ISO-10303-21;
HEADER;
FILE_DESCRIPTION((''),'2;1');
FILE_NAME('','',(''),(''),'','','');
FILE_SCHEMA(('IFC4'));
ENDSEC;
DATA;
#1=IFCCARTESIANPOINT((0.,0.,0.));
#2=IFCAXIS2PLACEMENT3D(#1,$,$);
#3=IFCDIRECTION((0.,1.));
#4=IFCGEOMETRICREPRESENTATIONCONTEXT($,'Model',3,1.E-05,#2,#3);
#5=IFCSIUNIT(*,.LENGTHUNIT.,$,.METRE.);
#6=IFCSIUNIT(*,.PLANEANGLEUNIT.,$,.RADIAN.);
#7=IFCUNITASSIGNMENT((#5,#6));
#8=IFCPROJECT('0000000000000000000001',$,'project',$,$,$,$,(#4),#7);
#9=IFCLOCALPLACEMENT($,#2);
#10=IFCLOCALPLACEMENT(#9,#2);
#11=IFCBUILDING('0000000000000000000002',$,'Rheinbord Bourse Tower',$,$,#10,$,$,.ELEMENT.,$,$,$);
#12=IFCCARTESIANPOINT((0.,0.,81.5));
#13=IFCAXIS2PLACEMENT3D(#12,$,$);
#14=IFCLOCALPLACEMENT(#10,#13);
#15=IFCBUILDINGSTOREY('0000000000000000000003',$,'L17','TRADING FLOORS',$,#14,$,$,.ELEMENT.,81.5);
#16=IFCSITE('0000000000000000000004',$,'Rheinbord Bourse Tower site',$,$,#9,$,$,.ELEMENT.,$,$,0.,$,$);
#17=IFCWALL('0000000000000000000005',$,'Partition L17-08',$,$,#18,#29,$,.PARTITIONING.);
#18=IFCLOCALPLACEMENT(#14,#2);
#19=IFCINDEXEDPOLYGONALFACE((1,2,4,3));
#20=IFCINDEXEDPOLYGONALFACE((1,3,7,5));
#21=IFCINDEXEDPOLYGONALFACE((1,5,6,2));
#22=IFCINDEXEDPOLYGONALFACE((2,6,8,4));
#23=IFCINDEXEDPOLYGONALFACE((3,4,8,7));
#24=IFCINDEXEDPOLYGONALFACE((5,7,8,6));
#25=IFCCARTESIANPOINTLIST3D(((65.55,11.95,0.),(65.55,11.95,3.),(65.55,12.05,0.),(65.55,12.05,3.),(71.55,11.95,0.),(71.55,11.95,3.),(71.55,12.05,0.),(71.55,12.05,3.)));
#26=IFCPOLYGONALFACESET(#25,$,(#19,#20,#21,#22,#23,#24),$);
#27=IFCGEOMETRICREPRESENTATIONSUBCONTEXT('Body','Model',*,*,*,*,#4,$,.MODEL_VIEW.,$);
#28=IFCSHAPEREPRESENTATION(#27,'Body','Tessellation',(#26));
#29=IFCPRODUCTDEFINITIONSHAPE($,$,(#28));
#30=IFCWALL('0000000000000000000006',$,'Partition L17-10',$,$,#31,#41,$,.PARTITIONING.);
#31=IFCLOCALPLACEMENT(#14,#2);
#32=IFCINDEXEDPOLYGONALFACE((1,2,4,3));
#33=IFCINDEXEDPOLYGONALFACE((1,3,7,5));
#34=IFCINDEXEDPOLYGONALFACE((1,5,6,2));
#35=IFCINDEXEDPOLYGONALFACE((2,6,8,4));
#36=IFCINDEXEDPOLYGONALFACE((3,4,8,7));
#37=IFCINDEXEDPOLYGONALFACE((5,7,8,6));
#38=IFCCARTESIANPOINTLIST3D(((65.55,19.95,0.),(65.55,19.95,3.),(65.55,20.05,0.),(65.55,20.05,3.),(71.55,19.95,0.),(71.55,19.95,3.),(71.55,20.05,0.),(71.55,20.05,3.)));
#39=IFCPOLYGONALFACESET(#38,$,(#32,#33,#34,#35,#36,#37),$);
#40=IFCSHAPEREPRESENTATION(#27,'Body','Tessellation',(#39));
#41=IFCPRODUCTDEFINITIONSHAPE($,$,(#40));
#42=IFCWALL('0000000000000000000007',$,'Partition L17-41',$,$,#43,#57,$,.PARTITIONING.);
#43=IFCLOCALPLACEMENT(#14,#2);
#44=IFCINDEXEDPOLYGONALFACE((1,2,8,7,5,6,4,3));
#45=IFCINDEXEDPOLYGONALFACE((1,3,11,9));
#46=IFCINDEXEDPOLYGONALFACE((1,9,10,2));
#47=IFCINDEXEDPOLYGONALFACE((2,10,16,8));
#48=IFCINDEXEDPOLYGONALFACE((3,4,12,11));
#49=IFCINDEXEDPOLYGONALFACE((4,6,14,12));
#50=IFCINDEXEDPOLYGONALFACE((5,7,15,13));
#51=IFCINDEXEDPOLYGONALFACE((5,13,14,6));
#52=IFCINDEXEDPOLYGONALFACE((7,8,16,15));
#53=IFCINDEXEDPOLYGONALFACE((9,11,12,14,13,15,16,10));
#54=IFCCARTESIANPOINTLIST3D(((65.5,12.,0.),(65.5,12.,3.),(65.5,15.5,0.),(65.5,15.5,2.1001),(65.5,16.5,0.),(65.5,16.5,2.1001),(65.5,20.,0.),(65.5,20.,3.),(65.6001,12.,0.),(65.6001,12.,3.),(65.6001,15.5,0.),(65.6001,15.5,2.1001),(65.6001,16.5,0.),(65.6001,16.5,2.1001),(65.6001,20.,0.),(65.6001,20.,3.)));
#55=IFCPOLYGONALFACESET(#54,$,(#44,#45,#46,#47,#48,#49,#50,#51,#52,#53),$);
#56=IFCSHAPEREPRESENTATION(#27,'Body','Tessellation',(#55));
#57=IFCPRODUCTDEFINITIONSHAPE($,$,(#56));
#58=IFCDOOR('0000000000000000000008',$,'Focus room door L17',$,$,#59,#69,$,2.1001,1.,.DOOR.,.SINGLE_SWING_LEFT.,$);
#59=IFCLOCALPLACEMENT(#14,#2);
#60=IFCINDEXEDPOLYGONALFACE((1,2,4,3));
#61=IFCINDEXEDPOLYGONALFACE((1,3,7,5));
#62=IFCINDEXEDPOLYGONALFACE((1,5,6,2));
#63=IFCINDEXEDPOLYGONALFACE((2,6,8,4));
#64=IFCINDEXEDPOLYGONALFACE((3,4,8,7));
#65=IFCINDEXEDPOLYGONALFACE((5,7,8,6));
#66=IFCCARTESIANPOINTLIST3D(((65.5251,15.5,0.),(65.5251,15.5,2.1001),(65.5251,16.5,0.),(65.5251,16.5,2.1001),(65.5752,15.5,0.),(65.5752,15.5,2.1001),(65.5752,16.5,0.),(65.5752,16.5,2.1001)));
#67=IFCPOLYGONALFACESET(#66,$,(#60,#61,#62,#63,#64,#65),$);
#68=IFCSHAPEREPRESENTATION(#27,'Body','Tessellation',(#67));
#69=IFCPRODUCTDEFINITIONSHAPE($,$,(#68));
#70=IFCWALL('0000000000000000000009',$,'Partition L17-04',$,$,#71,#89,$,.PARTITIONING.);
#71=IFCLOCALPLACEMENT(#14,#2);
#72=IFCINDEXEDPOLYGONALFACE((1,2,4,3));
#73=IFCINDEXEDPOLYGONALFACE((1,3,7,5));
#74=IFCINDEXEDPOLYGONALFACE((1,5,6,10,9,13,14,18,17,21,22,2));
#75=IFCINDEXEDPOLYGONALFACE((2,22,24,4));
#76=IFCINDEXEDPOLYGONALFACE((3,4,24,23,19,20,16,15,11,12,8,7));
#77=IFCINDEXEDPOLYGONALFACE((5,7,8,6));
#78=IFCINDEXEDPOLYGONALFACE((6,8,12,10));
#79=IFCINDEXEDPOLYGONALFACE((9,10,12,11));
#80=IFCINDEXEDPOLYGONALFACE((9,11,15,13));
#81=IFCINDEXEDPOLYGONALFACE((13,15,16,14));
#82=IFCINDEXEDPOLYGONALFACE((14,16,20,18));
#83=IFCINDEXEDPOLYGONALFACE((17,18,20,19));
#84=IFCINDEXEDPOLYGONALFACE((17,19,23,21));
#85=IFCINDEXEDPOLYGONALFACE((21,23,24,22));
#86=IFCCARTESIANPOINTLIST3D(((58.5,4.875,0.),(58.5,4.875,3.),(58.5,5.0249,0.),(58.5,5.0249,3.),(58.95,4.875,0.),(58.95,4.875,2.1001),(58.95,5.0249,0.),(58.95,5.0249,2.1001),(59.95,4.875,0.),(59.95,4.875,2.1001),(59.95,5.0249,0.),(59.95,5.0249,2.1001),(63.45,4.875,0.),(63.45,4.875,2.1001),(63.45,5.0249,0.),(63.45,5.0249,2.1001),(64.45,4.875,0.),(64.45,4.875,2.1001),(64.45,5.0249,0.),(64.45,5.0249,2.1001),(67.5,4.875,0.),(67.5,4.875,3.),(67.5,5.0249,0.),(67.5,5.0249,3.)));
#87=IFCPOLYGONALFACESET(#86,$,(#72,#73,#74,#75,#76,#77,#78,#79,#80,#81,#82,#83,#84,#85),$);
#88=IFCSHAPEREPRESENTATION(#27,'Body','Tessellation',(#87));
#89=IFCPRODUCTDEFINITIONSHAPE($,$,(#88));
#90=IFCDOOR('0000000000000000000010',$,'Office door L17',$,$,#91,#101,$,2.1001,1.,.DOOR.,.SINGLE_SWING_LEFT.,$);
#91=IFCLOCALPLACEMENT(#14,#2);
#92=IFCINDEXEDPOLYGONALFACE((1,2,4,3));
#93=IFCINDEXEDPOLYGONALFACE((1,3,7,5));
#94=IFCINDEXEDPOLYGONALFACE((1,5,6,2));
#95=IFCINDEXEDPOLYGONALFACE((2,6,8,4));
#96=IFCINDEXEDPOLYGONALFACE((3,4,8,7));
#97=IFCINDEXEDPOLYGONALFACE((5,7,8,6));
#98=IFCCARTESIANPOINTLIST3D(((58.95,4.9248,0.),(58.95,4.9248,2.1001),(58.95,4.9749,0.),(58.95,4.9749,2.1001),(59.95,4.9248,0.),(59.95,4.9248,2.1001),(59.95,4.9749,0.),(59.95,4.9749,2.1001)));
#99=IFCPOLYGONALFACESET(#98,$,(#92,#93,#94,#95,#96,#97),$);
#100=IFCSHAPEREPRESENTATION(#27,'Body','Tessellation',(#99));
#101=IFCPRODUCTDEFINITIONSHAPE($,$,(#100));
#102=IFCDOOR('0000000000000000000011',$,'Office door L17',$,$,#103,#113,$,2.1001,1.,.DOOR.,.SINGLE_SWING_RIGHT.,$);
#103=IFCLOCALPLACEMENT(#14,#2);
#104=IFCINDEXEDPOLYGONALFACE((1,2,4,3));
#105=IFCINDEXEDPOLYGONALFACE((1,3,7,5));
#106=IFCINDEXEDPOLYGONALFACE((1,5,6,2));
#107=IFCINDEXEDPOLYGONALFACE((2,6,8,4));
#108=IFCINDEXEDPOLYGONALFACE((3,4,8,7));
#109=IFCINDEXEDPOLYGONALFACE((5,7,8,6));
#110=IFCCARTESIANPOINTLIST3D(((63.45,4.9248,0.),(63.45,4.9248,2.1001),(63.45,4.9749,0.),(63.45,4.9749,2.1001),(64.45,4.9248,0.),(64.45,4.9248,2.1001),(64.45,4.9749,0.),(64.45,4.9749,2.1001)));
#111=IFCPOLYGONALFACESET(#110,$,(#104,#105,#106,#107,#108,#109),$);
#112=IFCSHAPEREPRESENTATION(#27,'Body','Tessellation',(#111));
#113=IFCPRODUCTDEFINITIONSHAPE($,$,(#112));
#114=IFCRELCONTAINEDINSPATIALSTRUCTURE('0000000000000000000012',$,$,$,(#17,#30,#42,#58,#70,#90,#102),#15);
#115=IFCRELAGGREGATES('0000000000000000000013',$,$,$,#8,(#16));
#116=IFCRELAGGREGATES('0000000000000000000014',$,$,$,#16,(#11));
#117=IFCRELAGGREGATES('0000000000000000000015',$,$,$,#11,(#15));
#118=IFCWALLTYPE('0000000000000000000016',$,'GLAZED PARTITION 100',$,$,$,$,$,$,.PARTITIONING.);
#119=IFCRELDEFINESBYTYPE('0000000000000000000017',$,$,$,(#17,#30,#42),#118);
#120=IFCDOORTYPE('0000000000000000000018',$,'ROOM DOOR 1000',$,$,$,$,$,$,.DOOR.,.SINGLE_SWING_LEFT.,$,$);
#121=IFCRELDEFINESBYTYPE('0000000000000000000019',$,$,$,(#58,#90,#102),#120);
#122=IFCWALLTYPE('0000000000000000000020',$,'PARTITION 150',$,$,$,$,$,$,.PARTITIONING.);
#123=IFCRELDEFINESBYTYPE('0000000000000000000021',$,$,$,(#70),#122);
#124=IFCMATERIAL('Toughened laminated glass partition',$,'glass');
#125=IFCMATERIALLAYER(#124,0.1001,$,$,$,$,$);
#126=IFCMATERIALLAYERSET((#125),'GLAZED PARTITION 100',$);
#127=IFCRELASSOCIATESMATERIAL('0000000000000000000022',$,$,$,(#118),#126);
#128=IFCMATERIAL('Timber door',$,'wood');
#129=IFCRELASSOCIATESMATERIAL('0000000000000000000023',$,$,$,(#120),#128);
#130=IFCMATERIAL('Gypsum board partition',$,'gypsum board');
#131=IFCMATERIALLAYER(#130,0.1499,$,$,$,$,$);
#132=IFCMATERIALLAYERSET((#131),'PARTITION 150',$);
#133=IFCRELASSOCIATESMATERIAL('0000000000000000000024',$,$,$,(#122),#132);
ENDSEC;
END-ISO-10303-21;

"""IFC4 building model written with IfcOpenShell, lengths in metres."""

from ifc_helpers import new_model, si_unit, direction, frame, frame_2d, origin, place, context, subcontext, project, spatial, rectangle, extrude, material, layer, layer_set, type_object, element, fill, save


model = new_model("IFC4")

# Units and contexts
model_context = context("Model", 3, precision=1e-05, world=origin(), true_north=direction((0.0, 1.0)))
body_context = subcontext(model_context, "Body", "Model", "MODEL_VIEW")
ifc_project = project(units=[si_unit("LENGTHUNIT", "METRE"), si_unit("PLANEANGLEUNIT", "RADIAN")], contexts=[model_context])

# Site, building, storey
site_placement = place(None, origin())
site = spatial("IfcSite", under=ifc_project, at=site_placement, Name="Rheinbord Bourse Tower site", CompositionType="ELEMENT", RefElevation=0.0)
building_placement = place(site_placement, origin())
building = spatial("IfcBuilding", under=site, at=building_placement, Name="Rheinbord Bourse Tower", CompositionType="ELEMENT")
storey_placement = place(building_placement, frame((0.0, 0.0, 81.5)))
storey = spatial("IfcBuildingStorey", under=building, at=storey_placement, Name="L17", Description="TRADING FLOORS", CompositionType="ELEMENT", Elevation=81.5)

# Walls
ifc_material_1 = material(Name="Toughened laminated glass partition", Category="glass")
ifc_layer_1 = layer(ifc_material_1, 0.1001)
ifc_layer_set_1 = layer_set([ifc_layer_1], Name="GLAZED PARTITION 100")
wall_type_1 = type_object("IfcWallType", Name="GLAZED PARTITION 100", PredefinedType="PARTITIONING", material=ifc_layer_set_1)
for number, where, z_axis, x_axis, name in (
    (1, (65.55, 12.0, 0.0), (0.0, 0.0, 1.0), (1.0, 0.0, 0.0), "Partition L17-08"),
    (2, (65.55, 20.0, 0.0), (0.0, 0.0, 1.0), (1.0, 0.0, 0.0), "Partition L17-10"),
):
    element("IfcWall", number, at=place(storey_placement, frame(where, z_axis=z_axis, x_axis=x_axis)), inside=storey, type_object=wall_type_1, Name=name, PredefinedType="PARTITIONING", context=body_context, shape_type="SweptSolid", body=[
        extrude(rectangle(XDim=6.0, YDim=0.1001, at=frame_2d((3.0, 0.0))), origin(), (0.0, 0.0, 1.0), 3.0),
    ])

# Wall, opening, door
wall_1_placement = place(storey_placement, frame((65.55, 12.0, 0.0), z_axis=(0.0, 0.0, 1.0), x_axis=(0.0, 1.0, 0.0)))
wall_1 = element("IfcWall", 3, at=wall_1_placement, inside=storey, type_object=wall_type_1, Name="Partition L17-41", PredefinedType="PARTITIONING", context=body_context, shape_type="SweptSolid", body=[
    extrude(rectangle(XDim=8.0, YDim=0.1001, at=frame_2d((4.0, 0.0))), origin(), (0.0, 0.0, 1.0), 3.0),
])
opening_1_placement = place(wall_1_placement, frame((3.5, 0.0, 0.0)))
opening_1 = element("IfcOpeningElement", 4, at=opening_1_placement, cuts=wall_1, PredefinedType="OPENING", context=body_context, shape_type="SweptSolid", body=[
    extrude(rectangle(XDim=1.0, YDim=2.1001, at=frame_2d((0.5, 1.05))), frame((0.0, 0.0601, 0.0), z_axis=(0.0, -1.0, 0.0), x_axis=(1.0, 0.0, 0.0)), (0.0, 0.0, 1.0), 0.1201),
])
ifc_material_2 = material(Name="Timber door", Category="wood")
door_type_1 = type_object("IfcDoorType", Name="ROOM DOOR 1000", OperationType="SINGLE_SWING_LEFT", PredefinedType="DOOR", material=ifc_material_2)
door_1_placement = place(opening_1_placement, origin())
door_1 = element("IfcDoor", 5, at=door_1_placement, inside=storey, type_object=door_type_1, Name="Focus room door L17", OperationType="SINGLE_SWING_LEFT", OverallHeight=2.1001, OverallWidth=1.0, PredefinedType="DOOR", context=body_context, shape_type="SweptSolid", body=[
    extrude(rectangle(XDim=1.0, YDim=2.1001, at=frame_2d((0.5, 1.05))), frame((0.0, 0.0249, 0.0), z_axis=(0.0, -1.0, 0.0), x_axis=(1.0, 0.0, 0.0)), (0.0, 0.0, 1.0), 0.05),
])
fill(opening_1, door_1)

# Wall, openings, doors
ifc_material_3 = material(Name="Gypsum board partition", Category="gypsum board")
ifc_layer_2 = layer(ifc_material_3, 0.1499)
ifc_layer_set_2 = layer_set([ifc_layer_2], Name="PARTITION 150")
wall_type_2 = type_object("IfcWallType", Name="PARTITION 150", PredefinedType="PARTITIONING", material=ifc_layer_set_2)
wall_2_placement = place(storey_placement, frame((58.5, 4.95, 0.0), z_axis=(0.0, 0.0, 1.0), x_axis=(1.0, 0.0, 0.0)))
wall_2 = element("IfcWall", 6, at=wall_2_placement, inside=storey, type_object=wall_type_2, Name="Partition L17-04", PredefinedType="PARTITIONING", context=body_context, shape_type="SweptSolid", body=[
    extrude(rectangle(XDim=9.0, YDim=0.1499, at=frame_2d((4.5, 0.0))), origin(), (0.0, 0.0, 1.0), 3.0),
])
opening_2_placement = place(wall_2_placement, frame((0.45, 0.0, 0.0)))
opening_2 = element("IfcOpeningElement", 7, at=opening_2_placement, cuts=wall_2, PredefinedType="OPENING", context=body_context, shape_type="SweptSolid", body=[
    extrude(rectangle(XDim=1.0, YDim=2.1001, at=frame_2d((0.5, 1.05))), frame((0.0, 0.085, 0.0), z_axis=(0.0, -1.0, 0.0), x_axis=(1.0, 0.0, 0.0)), (0.0, 0.0, 1.0), 0.1699),
])
opening_3_placement = place(wall_2_placement, frame((4.95, 0.0, 0.0)))
opening_3 = element("IfcOpeningElement", 8, at=opening_3_placement, cuts=wall_2, PredefinedType="OPENING", context=body_context, shape_type="SweptSolid", body=[
    extrude(rectangle(XDim=1.0, YDim=2.1001, at=frame_2d((0.5, 1.05))), frame((0.0, 0.085, 0.0), z_axis=(0.0, -1.0, 0.0), x_axis=(1.0, 0.0, 0.0)), (0.0, 0.0, 1.0), 0.1699),
])
door_2_placement = place(opening_2_placement, origin())
door_2 = element("IfcDoor", 9, at=door_2_placement, inside=storey, type_object=door_type_1, Name="Office door L17", OperationType="SINGLE_SWING_LEFT", OverallHeight=2.1001, OverallWidth=1.0, PredefinedType="DOOR", context=body_context, shape_type="SweptSolid", body=[
    extrude(rectangle(XDim=1.0, YDim=2.1001, at=frame_2d((0.5, 1.05))), frame((0.0, 0.0249, 0.0), z_axis=(0.0, -1.0, 0.0), x_axis=(1.0, 0.0, 0.0)), (0.0, 0.0, 1.0), 0.05),
])
fill(opening_2, door_2)
door_3_placement = place(opening_3_placement, origin())
door_3 = element("IfcDoor", 10, at=door_3_placement, inside=storey, type_object=door_type_1, Name="Office door L17", OperationType="SINGLE_SWING_RIGHT", OverallHeight=2.1001, OverallWidth=1.0, PredefinedType="DOOR", context=body_context, shape_type="SweptSolid", body=[
    extrude(rectangle(XDim=1.0, YDim=2.1001, at=frame_2d((0.5, 1.05))), frame((0.0, 0.0249, 0.0), z_axis=(0.0, -1.0, 0.0), x_axis=(1.0, 0.0, 0.0)), (0.0, 0.0, 1.0), 0.05),
])
fill(opening_3, door_3)

save(model, "model.ifc")
